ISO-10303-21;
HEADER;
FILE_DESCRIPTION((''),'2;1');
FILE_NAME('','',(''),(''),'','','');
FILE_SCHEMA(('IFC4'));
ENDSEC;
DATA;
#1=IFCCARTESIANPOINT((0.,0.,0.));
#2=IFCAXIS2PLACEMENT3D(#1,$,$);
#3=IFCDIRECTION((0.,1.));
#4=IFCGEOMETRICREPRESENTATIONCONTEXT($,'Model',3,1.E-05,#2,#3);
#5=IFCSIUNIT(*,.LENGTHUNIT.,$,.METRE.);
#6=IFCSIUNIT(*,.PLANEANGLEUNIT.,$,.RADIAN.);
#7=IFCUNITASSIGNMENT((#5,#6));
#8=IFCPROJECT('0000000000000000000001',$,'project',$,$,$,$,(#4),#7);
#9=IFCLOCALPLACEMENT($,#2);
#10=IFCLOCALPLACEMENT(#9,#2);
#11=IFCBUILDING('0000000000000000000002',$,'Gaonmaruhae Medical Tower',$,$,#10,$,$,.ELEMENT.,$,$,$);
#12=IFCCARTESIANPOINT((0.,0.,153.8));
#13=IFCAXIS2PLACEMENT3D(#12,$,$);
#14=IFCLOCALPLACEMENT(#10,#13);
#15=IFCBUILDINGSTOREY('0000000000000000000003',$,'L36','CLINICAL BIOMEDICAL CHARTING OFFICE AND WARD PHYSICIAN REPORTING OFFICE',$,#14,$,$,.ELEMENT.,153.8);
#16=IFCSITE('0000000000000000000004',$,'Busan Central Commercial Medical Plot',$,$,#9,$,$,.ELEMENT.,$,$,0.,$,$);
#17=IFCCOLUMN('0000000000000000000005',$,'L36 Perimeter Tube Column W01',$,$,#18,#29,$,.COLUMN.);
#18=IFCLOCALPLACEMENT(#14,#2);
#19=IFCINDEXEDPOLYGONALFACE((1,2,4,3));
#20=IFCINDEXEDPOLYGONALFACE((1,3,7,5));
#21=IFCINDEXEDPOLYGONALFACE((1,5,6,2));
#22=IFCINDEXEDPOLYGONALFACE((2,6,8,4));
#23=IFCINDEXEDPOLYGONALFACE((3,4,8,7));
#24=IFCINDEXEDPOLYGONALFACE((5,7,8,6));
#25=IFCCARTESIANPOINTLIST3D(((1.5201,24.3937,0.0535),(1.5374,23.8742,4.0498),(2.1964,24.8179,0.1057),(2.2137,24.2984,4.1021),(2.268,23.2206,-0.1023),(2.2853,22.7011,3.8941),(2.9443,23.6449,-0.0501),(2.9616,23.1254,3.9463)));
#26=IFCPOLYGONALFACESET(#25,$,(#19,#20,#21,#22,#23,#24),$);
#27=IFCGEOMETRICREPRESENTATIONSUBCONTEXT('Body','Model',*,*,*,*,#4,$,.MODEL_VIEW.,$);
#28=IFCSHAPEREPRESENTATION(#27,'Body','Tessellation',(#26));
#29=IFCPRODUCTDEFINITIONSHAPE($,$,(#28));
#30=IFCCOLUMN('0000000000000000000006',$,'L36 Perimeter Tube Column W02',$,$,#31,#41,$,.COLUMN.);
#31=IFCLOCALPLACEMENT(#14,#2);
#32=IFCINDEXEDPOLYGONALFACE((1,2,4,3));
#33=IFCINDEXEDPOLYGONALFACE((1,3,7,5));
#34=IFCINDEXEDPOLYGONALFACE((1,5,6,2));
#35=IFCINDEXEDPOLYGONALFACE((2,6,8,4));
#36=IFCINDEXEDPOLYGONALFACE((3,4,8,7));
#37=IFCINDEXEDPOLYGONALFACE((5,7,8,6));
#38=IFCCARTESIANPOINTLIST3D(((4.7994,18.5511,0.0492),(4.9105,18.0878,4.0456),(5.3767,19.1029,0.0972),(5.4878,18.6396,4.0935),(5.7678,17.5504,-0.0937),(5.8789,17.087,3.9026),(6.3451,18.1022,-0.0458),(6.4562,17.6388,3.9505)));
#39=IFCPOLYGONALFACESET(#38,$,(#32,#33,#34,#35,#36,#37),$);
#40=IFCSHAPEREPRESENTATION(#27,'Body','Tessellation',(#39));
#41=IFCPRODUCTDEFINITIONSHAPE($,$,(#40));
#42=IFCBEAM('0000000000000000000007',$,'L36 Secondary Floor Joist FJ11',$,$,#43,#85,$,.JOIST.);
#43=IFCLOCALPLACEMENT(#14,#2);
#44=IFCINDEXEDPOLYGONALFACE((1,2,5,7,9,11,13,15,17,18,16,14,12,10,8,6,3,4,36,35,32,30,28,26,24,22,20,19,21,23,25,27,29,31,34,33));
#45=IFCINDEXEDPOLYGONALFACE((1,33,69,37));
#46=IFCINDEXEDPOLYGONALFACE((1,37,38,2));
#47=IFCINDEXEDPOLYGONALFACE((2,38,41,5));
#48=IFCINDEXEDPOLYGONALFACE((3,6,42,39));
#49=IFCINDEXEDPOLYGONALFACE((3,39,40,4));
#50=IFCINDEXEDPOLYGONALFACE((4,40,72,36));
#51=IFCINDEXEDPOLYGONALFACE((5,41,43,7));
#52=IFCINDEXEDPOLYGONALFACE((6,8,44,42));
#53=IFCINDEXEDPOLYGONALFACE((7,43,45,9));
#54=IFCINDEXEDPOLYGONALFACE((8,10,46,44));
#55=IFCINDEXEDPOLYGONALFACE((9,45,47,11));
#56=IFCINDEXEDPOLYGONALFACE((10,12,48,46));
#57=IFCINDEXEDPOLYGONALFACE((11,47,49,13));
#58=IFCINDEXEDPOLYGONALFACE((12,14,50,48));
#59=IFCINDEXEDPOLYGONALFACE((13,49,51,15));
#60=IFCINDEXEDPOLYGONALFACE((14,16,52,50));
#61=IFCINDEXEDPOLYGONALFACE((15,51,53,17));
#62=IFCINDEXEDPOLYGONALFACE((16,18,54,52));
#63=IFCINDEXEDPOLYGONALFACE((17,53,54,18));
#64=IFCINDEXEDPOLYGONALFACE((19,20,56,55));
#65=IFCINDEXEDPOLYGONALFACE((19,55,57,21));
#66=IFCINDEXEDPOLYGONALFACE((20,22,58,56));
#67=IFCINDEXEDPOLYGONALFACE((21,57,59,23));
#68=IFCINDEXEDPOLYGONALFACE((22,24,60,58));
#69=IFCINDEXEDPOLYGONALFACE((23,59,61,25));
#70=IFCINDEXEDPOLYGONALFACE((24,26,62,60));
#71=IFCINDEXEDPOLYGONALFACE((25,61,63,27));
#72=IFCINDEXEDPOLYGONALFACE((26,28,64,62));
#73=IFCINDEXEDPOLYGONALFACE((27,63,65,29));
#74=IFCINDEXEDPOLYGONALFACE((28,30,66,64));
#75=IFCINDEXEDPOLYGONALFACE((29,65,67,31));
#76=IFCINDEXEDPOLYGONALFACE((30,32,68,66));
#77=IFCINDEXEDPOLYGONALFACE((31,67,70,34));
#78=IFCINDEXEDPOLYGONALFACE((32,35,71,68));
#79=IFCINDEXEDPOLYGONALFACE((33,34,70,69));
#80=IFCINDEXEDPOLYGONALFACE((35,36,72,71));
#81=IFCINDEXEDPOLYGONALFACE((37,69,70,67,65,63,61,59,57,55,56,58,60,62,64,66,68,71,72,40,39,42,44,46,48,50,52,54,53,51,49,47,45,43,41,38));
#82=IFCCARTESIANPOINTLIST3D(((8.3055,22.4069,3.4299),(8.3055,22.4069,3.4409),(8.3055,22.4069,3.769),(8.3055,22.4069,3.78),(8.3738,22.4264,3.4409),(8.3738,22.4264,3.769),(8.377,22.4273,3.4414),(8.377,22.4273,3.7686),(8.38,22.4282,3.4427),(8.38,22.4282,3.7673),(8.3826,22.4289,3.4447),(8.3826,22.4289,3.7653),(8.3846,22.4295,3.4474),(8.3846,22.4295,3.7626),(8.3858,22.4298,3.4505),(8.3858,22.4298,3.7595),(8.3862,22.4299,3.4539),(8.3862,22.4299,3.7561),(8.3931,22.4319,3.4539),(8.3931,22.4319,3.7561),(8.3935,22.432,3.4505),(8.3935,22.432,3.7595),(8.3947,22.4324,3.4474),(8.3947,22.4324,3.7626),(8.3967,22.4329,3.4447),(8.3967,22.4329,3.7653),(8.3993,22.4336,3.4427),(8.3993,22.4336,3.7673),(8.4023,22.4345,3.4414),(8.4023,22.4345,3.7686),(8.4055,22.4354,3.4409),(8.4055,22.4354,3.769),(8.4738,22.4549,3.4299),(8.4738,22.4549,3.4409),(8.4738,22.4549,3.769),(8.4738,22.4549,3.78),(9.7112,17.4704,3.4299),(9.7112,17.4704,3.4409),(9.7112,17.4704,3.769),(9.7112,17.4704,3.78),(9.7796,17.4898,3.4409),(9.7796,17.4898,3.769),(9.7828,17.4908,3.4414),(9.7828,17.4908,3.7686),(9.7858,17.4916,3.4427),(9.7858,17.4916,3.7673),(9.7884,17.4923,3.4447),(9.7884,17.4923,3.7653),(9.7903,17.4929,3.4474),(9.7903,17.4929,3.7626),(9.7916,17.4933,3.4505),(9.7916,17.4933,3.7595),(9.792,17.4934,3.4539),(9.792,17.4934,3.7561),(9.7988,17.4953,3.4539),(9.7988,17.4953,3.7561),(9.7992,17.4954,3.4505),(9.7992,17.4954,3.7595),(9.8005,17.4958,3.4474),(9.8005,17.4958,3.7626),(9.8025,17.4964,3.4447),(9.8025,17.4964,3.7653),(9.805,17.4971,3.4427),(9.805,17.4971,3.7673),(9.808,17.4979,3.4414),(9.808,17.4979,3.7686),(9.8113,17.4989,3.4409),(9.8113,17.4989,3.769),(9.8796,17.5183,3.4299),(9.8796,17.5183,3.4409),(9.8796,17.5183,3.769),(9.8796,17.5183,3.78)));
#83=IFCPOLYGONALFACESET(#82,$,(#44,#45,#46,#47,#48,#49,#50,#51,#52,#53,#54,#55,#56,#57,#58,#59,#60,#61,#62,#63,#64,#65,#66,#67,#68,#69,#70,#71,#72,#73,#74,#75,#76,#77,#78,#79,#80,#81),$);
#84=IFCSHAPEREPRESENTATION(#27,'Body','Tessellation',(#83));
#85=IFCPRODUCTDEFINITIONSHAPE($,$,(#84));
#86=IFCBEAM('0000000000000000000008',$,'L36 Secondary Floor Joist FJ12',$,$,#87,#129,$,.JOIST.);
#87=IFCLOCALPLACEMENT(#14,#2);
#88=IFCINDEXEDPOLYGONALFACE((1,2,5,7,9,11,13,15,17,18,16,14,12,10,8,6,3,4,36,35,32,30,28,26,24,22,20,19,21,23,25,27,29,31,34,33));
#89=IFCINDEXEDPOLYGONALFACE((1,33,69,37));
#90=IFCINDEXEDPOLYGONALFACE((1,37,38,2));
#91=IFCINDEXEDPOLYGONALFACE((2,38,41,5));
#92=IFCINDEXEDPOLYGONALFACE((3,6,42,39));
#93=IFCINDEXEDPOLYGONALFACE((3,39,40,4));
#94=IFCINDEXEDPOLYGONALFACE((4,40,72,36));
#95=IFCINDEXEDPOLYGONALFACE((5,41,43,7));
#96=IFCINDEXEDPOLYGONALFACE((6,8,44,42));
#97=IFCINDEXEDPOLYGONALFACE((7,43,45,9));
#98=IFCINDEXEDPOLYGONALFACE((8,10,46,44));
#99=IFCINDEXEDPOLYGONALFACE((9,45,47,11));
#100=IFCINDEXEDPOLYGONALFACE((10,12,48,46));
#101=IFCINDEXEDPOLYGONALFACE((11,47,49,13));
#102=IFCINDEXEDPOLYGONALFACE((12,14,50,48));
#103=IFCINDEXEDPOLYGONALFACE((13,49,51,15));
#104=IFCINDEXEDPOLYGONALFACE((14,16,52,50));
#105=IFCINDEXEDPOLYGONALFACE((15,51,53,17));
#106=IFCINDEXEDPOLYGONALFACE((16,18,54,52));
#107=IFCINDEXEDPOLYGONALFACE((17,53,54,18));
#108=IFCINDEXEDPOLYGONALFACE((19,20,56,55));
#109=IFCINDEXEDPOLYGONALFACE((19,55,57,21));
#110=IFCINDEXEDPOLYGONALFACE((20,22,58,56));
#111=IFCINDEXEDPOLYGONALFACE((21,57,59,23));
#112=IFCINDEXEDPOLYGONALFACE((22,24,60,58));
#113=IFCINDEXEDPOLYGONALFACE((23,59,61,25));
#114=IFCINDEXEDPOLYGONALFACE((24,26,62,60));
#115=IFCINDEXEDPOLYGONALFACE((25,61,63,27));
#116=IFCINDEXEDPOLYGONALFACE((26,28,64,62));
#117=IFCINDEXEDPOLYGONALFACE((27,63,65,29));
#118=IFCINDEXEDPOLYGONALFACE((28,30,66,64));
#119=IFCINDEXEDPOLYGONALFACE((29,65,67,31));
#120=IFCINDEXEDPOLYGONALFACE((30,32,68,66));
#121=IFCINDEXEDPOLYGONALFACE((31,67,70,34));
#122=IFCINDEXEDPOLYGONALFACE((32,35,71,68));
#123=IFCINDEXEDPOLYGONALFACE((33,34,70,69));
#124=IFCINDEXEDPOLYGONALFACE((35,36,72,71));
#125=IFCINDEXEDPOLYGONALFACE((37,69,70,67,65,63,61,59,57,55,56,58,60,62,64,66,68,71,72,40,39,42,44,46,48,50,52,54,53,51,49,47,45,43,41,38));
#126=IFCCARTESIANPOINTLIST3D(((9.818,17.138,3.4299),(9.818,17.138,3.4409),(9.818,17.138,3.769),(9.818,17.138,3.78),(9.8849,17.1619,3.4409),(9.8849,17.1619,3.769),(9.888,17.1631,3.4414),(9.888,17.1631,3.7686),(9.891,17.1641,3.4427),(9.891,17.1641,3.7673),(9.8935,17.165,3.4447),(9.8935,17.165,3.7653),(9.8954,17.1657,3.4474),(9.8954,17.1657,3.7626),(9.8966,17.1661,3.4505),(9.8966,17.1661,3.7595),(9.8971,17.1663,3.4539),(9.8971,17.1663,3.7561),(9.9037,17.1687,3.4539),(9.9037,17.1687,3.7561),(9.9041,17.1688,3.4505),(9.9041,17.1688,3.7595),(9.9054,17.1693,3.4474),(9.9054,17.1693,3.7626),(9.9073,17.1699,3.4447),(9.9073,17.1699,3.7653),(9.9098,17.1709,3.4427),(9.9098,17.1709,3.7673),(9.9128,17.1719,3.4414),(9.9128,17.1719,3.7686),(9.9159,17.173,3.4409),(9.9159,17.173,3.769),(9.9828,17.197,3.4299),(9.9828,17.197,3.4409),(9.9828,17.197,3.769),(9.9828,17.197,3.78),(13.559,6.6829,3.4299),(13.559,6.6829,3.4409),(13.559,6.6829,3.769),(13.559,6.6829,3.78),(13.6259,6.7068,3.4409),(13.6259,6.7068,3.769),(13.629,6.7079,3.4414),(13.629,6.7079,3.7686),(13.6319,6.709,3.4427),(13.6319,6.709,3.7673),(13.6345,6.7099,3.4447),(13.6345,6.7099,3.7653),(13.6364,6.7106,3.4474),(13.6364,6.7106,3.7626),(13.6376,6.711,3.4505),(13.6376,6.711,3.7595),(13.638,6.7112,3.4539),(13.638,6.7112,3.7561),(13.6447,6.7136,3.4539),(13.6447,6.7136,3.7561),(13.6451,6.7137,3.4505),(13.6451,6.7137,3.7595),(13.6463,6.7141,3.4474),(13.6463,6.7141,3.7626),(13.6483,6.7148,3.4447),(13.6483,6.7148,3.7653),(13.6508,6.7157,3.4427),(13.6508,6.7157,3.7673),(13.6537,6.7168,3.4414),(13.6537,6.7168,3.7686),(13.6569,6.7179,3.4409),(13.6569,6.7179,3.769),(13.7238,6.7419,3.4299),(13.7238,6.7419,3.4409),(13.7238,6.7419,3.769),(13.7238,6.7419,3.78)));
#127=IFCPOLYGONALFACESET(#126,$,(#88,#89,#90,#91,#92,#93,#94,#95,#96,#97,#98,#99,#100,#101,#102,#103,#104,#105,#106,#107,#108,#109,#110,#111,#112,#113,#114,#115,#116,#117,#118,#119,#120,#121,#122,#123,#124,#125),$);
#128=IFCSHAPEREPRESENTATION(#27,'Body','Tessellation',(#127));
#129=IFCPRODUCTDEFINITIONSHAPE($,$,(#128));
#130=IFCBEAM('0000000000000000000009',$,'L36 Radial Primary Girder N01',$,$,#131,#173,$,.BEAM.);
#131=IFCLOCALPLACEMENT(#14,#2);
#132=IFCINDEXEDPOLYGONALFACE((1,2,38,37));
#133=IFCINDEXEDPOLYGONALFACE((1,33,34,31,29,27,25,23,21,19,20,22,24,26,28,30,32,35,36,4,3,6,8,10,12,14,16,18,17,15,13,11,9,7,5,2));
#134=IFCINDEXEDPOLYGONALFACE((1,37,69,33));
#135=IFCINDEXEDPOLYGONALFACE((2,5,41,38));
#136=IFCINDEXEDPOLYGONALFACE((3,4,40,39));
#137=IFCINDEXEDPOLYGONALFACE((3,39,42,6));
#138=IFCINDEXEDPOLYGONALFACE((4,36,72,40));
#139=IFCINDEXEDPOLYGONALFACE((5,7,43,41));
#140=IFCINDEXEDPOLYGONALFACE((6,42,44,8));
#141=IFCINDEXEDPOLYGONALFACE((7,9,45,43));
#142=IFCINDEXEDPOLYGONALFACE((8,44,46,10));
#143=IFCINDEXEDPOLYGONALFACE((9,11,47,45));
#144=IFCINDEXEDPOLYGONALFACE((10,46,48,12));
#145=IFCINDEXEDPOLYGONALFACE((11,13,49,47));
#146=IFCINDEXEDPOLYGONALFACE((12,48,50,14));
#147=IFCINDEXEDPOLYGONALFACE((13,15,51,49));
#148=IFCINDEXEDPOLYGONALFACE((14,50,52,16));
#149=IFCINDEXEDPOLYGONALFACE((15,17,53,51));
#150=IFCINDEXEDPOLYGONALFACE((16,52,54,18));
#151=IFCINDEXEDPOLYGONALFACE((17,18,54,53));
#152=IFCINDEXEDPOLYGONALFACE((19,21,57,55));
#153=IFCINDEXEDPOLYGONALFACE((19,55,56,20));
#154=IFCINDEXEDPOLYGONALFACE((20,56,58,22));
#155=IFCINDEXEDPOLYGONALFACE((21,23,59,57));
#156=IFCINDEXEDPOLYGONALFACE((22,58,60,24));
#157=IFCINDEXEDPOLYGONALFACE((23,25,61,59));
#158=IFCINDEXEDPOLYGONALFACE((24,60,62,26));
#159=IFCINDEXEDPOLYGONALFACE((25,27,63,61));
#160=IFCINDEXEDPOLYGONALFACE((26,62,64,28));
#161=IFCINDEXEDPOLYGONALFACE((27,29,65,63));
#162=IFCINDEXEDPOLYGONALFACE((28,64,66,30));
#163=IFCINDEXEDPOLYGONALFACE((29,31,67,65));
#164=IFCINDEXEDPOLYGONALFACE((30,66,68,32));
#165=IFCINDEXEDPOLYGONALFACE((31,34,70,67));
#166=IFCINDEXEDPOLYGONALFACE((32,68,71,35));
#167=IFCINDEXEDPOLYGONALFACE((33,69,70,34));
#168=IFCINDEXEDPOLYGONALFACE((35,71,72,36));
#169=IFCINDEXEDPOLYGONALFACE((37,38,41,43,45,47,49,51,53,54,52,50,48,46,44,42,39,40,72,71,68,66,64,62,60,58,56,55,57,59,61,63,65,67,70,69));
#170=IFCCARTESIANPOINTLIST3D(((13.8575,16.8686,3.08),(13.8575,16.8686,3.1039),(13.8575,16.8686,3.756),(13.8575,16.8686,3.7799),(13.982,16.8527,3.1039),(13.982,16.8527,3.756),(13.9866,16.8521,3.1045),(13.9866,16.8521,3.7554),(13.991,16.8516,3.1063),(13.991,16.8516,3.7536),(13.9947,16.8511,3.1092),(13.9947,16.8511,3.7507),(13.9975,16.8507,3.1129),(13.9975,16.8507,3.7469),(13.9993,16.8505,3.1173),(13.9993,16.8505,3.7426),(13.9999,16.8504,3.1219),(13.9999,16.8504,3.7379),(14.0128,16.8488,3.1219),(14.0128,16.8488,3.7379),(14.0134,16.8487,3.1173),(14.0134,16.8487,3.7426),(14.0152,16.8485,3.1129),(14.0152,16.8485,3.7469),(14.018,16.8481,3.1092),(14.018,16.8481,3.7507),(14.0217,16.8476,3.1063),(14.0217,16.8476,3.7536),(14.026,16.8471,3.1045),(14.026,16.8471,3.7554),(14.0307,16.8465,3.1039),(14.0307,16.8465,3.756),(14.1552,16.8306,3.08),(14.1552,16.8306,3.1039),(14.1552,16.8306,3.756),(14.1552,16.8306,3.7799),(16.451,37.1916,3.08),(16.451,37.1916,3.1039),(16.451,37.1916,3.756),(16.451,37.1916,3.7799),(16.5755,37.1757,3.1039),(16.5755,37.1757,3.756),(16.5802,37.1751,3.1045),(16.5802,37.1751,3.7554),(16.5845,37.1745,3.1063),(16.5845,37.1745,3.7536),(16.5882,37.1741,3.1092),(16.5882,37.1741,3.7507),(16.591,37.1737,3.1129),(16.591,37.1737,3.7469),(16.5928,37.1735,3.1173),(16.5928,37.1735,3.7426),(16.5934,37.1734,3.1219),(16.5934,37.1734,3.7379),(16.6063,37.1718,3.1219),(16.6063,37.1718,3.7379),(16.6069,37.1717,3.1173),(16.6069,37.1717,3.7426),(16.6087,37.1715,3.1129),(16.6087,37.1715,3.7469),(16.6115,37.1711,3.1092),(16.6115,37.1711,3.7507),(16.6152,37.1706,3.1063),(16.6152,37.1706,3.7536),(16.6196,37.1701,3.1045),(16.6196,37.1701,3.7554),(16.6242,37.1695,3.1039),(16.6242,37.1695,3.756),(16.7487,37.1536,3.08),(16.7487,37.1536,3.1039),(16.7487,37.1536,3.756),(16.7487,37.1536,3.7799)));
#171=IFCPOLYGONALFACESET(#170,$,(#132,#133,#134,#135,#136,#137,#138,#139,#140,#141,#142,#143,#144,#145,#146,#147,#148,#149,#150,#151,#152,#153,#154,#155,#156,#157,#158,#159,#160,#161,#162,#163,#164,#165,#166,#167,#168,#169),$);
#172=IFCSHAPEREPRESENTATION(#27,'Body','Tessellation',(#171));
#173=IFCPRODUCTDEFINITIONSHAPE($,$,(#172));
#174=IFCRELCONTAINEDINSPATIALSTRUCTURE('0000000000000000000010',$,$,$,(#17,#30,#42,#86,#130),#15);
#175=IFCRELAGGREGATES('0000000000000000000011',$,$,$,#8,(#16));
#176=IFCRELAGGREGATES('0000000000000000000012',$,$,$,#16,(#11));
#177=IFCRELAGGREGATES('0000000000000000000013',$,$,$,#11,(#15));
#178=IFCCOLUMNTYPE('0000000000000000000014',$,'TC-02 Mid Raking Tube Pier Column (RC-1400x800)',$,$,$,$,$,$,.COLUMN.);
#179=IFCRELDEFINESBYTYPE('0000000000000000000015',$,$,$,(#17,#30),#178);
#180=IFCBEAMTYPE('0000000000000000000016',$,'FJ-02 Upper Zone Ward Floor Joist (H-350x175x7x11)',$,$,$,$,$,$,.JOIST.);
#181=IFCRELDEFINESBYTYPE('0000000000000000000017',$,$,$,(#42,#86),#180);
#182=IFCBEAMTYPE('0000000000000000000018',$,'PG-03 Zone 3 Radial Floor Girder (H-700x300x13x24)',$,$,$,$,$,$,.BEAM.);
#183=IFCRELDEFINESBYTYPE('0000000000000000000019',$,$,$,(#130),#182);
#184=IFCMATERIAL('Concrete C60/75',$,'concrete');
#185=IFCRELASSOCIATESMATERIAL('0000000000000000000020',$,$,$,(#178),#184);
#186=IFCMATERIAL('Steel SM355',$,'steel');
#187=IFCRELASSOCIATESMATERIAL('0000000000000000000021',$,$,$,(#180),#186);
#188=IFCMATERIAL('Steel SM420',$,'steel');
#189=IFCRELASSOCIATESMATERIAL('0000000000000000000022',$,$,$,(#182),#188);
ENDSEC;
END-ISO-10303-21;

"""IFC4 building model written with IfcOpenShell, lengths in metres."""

from ifc_helpers import new_model, si_unit, direction, frame, origin, origin_2d, place, context, subcontext, project, spatial, rectangle, i_section, extrude, material, material_profile, profile_set, type_object, element, save


model = new_model("IFC4")

# Units and contexts
model_context = context("Model", 3, precision=1e-05, world=origin(), true_north=direction((0.0, 1.0)))
body_context = subcontext(model_context, "Body", "Model", "MODEL_VIEW")
ifc_project = project(units=[si_unit("LENGTHUNIT", "METRE"), si_unit("PLANEANGLEUNIT", "RADIAN")], contexts=[model_context])

# Site, building, storey
site_placement = place(None, origin())
site = spatial("IfcSite", under=ifc_project, at=site_placement, Name="Busan Central Commercial Medical Plot", CompositionType="ELEMENT", RefElevation=0.0)
building_placement = place(site_placement, origin())
building = spatial("IfcBuilding", under=site, at=building_placement, Name="Gaonmaruhae Medical Tower", CompositionType="ELEMENT")
storey_placement = place(building_placement, frame((0.0, 0.0, 153.8)))
storey = spatial("IfcBuildingStorey", under=building, at=storey_placement, Name="L36", Description="CLINICAL BIOMEDICAL CHARTING OFFICE AND WARD PHYSICIAN REPORTING OFFICE", CompositionType="ELEMENT", Elevation=153.8)

# Columns
ifc_material_1 = material(Name="Concrete C60/75", Category="concrete")
ifc_material_profile_1 = material_profile(ifc_material_1, rectangle(XDim=1.3999, YDim=0.8, at=origin_2d()), Name="RC-1400x800")
ifc_profile_set_1 = profile_set([ifc_material_profile_1], Name="Concrete C60/75")
column_type = type_object("IfcColumnType", Name="TC-02 Mid Raking Tube Pier Column (RC-1400x800)", PredefinedType="COLUMN", material=ifc_profile_set_1)
column_1_placement = place(storey_placement, frame((2.2322, 24.0193, 0.0017), z_axis=(0.004301, -0.128916, 0.991646), x_axis=(-0.534274, 0.837958, 0.111254)))
element("IfcColumn", 1, at=column_1_placement, inside=storey, type_object=column_type, Name="L36 Perimeter Tube Column W01", PredefinedType="COLUMN", context=body_context, shape_type="SweptSolid", body=[
    extrude(rectangle(XDim=1.3999, YDim=0.8, at=origin_2d()), origin(), (0.0, 0.0, 1.0), 4.03),
])
column_2_placement = place(storey_placement, frame((5.5723, 18.3267, 0.0017), z_axis=(0.027601, -0.115135, 0.992966), x_axis=(-0.691747, 0.714883, 0.102119)))
element("IfcColumn", 2, at=column_2_placement, inside=storey, type_object=column_type, Name="L36 Perimeter Tube Column W02", PredefinedType="COLUMN", context=body_context, shape_type="SweptSolid", body=[
    extrude(rectangle(XDim=1.3999, YDim=0.8, at=origin_2d()), origin(), (0.0, 0.0, 1.0), 4.0247),
])

# Beams
ifc_material_2 = material(Name="Steel SM355", Category="steel")
ifc_material_profile_2 = material_profile(ifc_material_2, i_section(OverallWidth=0.175, OverallDepth=0.3501, WebThickness=0.0071, FlangeThickness=0.011, FilletRadius=0.0129, at=origin_2d()), Name="H-350x175x7x11")
ifc_profile_set_2 = profile_set([ifc_material_profile_2], Name="Steel SM355")
beam_type_1 = type_object("IfcBeamType", Name="FJ-02 Upper Zone Ward Floor Joist (H-350x175x7x11)", PredefinedType="JOIST", material=ifc_profile_set_2)
beam_1_placement = place(storey_placement, frame((8.3896, 22.4309, 3.605), z_axis=(0.273879, -0.961764, 0.0), x_axis=(0.961764, 0.273879, 0.0)))
element("IfcBeam", 3, at=beam_1_placement, inside=storey, type_object=beam_type_1, Name="L36 Secondary Floor Joist FJ11", PredefinedType="JOIST", context=body_context, shape_type="SweptSolid", body=[
    extrude(i_section(OverallWidth=0.175, OverallDepth=0.3501, WebThickness=0.0071, FlangeThickness=0.011, FilletRadius=0.0129, at=origin_2d()), origin(), (0.0, 0.0, 1.0), 5.1328),
])
beam_2_placement = place(storey_placement, frame((9.9004, 17.1675, 3.605), z_axis=(0.336896, -0.941542, 0.0), x_axis=(0.941542, 0.336896, 0.0)))
element("IfcBeam", 4, at=beam_2_placement, inside=storey, type_object=beam_type_1, Name="L36 Secondary Floor Joist FJ12", PredefinedType="JOIST", context=body_context, shape_type="SweptSolid", body=[
    extrude(i_section(OverallWidth=0.175, OverallDepth=0.3501, WebThickness=0.0071, FlangeThickness=0.011, FilletRadius=0.0129, at=origin_2d()), origin(), (0.0, 0.0, 1.0), 11.1042),
])
ifc_material_3 = material(Name="Steel SM420", Category="steel")
ifc_material_profile_3 = material_profile(ifc_material_3, i_section(OverallWidth=0.3, OverallDepth=0.7, WebThickness=0.0129, FlangeThickness=0.0239, FilletRadius=0.0181, at=origin_2d()), Name="H-700x300x13x24")
ifc_profile_set_3 = profile_set([ifc_material_profile_3], Name="Steel SM420")
beam_type_2 = type_object("IfcBeamType", Name="PG-03 Zone 3 Radial Floor Girder (H-700x300x13x24)", PredefinedType="BEAM", material=ifc_profile_set_3)
beam_3_placement = place(storey_placement, frame((14.0063, 16.8496, 3.4299), z_axis=(0.126588, 0.991955, 0.0), x_axis=(-0.991955, 0.126588, 0.0)))
element("IfcBeam", 5, at=beam_3_placement, inside=storey, type_object=beam_type_2, Name="L36 Radial Primary Girder N01", PredefinedType="BEAM", context=body_context, shape_type="SweptSolid", body=[
    extrude(i_section(OverallWidth=0.3, OverallDepth=0.7, WebThickness=0.0129, FlangeThickness=0.0239, FilletRadius=0.0181, at=origin_2d()), origin(), (0.0, 0.0, 1.0), 20.4878),
])

save(model, "model.ifc")
